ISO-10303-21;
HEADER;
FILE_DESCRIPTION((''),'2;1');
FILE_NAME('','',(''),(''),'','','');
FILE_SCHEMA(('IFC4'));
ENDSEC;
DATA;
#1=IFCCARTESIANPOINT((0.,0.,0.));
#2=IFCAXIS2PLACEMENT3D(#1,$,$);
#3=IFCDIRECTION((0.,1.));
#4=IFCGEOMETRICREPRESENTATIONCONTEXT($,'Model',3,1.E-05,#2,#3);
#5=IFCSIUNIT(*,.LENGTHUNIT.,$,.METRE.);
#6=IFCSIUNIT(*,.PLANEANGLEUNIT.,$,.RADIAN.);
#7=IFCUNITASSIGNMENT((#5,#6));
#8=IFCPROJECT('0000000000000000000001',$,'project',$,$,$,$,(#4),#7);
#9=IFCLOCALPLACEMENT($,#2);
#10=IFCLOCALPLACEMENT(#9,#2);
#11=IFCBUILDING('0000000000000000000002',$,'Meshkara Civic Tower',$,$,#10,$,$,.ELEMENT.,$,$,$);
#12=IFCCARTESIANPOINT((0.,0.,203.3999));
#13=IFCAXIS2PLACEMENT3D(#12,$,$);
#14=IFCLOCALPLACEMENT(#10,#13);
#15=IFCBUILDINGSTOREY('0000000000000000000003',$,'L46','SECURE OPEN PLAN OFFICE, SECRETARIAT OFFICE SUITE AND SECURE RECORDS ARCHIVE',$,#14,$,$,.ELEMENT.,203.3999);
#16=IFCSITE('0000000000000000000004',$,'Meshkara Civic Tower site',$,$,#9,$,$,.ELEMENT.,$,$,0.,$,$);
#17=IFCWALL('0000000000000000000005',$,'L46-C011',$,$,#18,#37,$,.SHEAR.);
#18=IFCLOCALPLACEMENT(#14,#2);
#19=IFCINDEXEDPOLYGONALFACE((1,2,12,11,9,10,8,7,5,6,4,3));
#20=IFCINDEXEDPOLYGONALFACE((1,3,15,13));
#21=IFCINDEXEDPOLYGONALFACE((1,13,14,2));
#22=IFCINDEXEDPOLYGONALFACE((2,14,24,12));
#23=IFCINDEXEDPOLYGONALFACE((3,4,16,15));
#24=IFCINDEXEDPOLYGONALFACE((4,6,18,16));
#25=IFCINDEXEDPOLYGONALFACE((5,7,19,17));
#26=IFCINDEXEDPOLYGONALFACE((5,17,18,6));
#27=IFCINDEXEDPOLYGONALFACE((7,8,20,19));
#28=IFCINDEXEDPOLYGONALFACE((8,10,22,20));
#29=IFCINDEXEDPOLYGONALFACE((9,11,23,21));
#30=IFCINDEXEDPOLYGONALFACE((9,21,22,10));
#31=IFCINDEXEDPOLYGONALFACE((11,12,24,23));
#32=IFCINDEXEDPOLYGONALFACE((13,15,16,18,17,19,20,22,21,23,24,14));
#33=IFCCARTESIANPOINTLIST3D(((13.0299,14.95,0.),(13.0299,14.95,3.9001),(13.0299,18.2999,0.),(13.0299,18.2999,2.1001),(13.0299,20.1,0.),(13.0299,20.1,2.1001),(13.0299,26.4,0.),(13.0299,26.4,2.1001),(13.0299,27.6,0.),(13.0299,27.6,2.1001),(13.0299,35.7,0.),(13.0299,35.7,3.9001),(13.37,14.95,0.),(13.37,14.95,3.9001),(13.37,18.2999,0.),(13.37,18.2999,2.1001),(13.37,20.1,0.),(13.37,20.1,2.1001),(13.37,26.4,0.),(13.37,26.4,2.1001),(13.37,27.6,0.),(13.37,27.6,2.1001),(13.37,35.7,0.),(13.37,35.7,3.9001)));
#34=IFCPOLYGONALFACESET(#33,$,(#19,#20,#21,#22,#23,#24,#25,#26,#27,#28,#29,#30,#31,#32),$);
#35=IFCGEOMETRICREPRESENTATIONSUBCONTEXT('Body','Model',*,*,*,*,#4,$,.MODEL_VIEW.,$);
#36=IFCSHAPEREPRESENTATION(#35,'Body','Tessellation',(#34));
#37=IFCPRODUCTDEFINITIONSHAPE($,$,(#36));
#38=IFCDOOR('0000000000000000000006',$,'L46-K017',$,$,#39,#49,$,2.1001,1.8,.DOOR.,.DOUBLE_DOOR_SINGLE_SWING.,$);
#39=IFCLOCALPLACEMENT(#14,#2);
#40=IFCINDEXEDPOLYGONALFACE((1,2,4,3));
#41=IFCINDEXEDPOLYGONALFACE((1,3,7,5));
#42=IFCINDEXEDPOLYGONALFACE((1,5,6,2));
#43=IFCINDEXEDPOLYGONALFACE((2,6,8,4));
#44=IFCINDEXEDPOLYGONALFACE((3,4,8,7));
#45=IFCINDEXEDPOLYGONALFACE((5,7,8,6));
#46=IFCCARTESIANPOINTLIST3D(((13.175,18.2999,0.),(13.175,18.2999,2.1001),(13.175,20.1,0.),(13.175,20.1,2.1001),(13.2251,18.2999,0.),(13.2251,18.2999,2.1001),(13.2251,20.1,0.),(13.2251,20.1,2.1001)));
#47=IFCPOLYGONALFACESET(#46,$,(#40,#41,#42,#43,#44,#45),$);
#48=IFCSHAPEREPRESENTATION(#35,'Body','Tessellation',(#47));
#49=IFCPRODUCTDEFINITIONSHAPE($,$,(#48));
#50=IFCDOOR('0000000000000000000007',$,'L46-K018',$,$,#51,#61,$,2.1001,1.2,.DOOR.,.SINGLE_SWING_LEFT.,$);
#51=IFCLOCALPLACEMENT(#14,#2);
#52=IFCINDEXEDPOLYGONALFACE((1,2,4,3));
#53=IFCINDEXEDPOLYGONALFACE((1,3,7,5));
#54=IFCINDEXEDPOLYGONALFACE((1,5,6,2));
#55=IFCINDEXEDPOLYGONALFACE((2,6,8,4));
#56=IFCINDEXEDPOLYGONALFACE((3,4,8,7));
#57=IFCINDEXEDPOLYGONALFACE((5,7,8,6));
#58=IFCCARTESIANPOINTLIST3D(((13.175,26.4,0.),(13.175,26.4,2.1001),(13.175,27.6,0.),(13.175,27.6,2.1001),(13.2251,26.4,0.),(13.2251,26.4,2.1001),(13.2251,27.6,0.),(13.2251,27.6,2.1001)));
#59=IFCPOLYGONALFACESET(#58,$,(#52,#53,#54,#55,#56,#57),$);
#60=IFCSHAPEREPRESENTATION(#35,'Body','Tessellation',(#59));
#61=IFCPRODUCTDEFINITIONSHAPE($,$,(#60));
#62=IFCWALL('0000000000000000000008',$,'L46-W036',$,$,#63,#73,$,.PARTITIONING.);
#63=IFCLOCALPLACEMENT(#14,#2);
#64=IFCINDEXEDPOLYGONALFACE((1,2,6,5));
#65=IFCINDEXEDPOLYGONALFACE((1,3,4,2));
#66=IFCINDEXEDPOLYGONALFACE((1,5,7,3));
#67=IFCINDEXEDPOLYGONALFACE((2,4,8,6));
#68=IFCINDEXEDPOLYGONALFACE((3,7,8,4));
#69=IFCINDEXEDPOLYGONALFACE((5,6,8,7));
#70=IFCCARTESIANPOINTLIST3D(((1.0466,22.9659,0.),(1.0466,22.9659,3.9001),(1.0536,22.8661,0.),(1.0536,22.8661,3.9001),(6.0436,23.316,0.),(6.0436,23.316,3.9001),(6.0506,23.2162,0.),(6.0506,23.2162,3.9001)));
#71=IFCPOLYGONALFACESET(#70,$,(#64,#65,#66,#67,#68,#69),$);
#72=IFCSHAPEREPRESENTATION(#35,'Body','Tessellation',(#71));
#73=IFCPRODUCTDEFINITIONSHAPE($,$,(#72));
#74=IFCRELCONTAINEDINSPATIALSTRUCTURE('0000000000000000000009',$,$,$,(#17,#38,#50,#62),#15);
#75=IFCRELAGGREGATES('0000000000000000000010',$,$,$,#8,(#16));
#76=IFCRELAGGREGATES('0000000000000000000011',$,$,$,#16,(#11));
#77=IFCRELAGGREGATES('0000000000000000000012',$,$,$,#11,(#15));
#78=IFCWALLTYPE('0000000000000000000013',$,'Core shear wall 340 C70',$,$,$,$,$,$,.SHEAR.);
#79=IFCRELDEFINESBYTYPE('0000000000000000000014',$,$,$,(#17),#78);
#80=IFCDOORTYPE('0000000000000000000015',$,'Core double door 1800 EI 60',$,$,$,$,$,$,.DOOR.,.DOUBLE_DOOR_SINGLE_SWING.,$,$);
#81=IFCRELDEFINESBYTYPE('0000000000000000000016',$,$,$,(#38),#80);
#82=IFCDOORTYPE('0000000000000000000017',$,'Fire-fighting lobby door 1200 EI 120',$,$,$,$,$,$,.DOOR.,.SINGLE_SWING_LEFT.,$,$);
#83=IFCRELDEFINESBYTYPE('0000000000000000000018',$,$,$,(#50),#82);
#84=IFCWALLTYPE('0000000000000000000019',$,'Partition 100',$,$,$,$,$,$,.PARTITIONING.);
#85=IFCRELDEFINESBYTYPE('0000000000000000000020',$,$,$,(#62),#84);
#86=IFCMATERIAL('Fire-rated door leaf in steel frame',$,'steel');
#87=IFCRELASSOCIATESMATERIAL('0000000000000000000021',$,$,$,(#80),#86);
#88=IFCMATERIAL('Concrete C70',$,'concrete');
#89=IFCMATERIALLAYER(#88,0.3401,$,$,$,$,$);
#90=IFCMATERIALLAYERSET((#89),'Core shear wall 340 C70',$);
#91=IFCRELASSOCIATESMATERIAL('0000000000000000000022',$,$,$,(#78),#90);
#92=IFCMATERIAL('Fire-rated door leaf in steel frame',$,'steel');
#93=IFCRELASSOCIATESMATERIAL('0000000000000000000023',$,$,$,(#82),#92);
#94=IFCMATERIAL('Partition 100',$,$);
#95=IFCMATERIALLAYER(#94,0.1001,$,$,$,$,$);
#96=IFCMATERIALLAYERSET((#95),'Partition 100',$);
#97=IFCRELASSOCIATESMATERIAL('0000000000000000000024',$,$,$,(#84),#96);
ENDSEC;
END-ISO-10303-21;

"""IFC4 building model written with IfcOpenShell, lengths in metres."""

from ifc_helpers import new_model, si_unit, direction, frame, frame_2d, origin, place, context, subcontext, project, spatial, rectangle, extrude, material, layer, layer_set, type_object, element, fill, save


model = new_model("IFC4")

# Units and contexts
model_context = context("Model", 3, precision=1e-05, world=origin(), true_north=direction((0.0, 1.0)))
body_context = subcontext(model_context, "Body", "Model", "MODEL_VIEW")
ifc_project = project(units=[si_unit("LENGTHUNIT", "METRE"), si_unit("PLANEANGLEUNIT", "RADIAN")], contexts=[model_context])

# Site, building, storey
site_placement = place(None, origin())
site = spatial("IfcSite", under=ifc_project, at=site_placement, Name="Meshkara Civic Tower site", CompositionType="ELEMENT", RefElevation=0.0)
building_placement = place(site_placement, origin())
building = spatial("IfcBuilding", under=site, at=building_placement, Name="Meshkara Civic Tower", CompositionType="ELEMENT")
storey_placement = place(building_placement, frame((0.0, 0.0, 203.3999)))
storey = spatial("IfcBuildingStorey", under=building, at=storey_placement, Name="L46", Description="SECURE OPEN PLAN OFFICE, SECRETARIAT OFFICE SUITE AND SECURE RECORDS ARCHIVE", CompositionType="ELEMENT", Elevation=203.3999)

# Shared definitions
ifc_material_1 = material(Name="Fire-rated door leaf in steel frame", Category="steel")
door_type_1 = type_object("IfcDoorType", Name="Core double door 1800 EI 60", OperationType="DOUBLE_DOOR_SINGLE_SWING", PredefinedType="DOOR", material=ifc_material_1)

# Shared definitions
ifc_material_2 = material(Name="Concrete C70", Category="concrete")
ifc_layer_1 = layer(ifc_material_2, 0.3401)
ifc_layer_set_1 = layer_set([ifc_layer_1], Name="Core shear wall 340 C70")
wall_type_1 = type_object("IfcWallType", Name="Core shear wall 340 C70", PredefinedType="SHEAR", material=ifc_layer_set_1)

# Wall, openings, doors
wall_1_placement = place(storey_placement, frame((13.2, 14.95, 0.0), z_axis=(0.0, 0.0, 1.0), x_axis=(0.0, 1.0, 0.0)))
wall_1 = element("IfcWall", 1, at=wall_1_placement, inside=storey, type_object=wall_type_1, Name="L46-C011", PredefinedType="SHEAR", context=body_context, shape_type="SweptSolid", body=[
    extrude(rectangle(XDim=20.75, YDim=0.3401, at=frame_2d((10.375, 0.0))), origin(), (0.0, 0.0, 1.0), 3.9001),
])
opening_1_placement = place(wall_1_placement, frame((3.3501, 0.0, 0.0)))
opening_1 = element("IfcOpeningElement", 2, at=opening_1_placement, cuts=wall_1, PredefinedType="OPENING", context=body_context, shape_type="SweptSolid", body=[
    extrude(rectangle(XDim=1.8, YDim=2.1001, at=frame_2d((0.8999, 1.05))), frame((0.0, 0.1799, 0.0), z_axis=(0.0, -1.0, 0.0), x_axis=(1.0, 0.0, 0.0)), (0.0, 0.0, 1.0), 0.3601),
])
opening_2_placement = place(wall_1_placement, frame((11.45, 0.0, 0.0)))
opening_2 = element("IfcOpeningElement", 3, at=opening_2_placement, cuts=wall_1, PredefinedType="OPENING", context=body_context, shape_type="SweptSolid", body=[
    extrude(rectangle(XDim=1.2, YDim=2.1001, at=frame_2d((0.6001, 1.05))), frame((0.0, 0.1799, 0.0), z_axis=(0.0, -1.0, 0.0), x_axis=(1.0, 0.0, 0.0)), (0.0, 0.0, 1.0), 0.3601),
])
door_1_placement = place(opening_1_placement, origin())
door_1 = element("IfcDoor", 4, at=door_1_placement, inside=storey, type_object=door_type_1, Name="L46-K017", OperationType="DOUBLE_DOOR_SINGLE_SWING", OverallHeight=2.1001, OverallWidth=1.8, PredefinedType="DOOR", context=body_context, shape_type="SweptSolid", body=[
    extrude(rectangle(XDim=1.8, YDim=2.1001, at=frame_2d((0.8999, 1.05))), frame((0.0, 0.0249, 0.0), z_axis=(0.0, -1.0, 0.0), x_axis=(1.0, 0.0, 0.0)), (0.0, 0.0, 1.0), 0.05),
])
fill(opening_1, door_1)
ifc_material_3 = material(Name="Fire-rated door leaf in steel frame", Category="steel")
door_type_2 = type_object("IfcDoorType", Name="Fire-fighting lobby door 1200 EI 120", OperationType="SINGLE_SWING_LEFT", PredefinedType="DOOR", material=ifc_material_3)
door_2_placement = place(opening_2_placement, origin())
door_2 = element("IfcDoor", 5, at=door_2_placement, inside=storey, type_object=door_type_2, Name="L46-K018", OperationType="SINGLE_SWING_LEFT", OverallHeight=2.1001, OverallWidth=1.2, PredefinedType="DOOR", context=body_context, shape_type="SweptSolid", body=[
    extrude(rectangle(XDim=1.2, YDim=2.1001, at=frame_2d((0.6001, 1.05))), frame((0.0, 0.0249, 0.0), z_axis=(0.0, -1.0, 0.0), x_axis=(1.0, 0.0, 0.0)), (0.0, 0.0, 1.0), 0.05),
])
fill(opening_2, door_2)

# Wall
ifc_material_4 = material(Name="Partition 100")
ifc_layer_2 = layer(ifc_material_4, 0.1001)
ifc_layer_set_2 = layer_set([ifc_layer_2], Name="Partition 100")
wall_type_2 = type_object("IfcWallType", Name="Partition 100", PredefinedType="PARTITIONING", material=ifc_layer_set_2)
wall_2_placement = place(storey_placement, frame((6.0471, 23.2661, 0.0), z_axis=(0.0, 0.0, 1.0), x_axis=(-0.997555, -0.069889, 0.0)))
element("IfcWall", 6, at=wall_2_placement, inside=storey, type_object=wall_type_2, Name="L46-W036", PredefinedType="PARTITIONING", context=body_context, shape_type="SweptSolid", body=[
    extrude(rectangle(XDim=5.0093, YDim=0.1001, at=frame_2d((2.5046, 0.0))), origin(), (0.0, 0.0, 1.0), 3.9001),
])

save(model, "model.ifc")
